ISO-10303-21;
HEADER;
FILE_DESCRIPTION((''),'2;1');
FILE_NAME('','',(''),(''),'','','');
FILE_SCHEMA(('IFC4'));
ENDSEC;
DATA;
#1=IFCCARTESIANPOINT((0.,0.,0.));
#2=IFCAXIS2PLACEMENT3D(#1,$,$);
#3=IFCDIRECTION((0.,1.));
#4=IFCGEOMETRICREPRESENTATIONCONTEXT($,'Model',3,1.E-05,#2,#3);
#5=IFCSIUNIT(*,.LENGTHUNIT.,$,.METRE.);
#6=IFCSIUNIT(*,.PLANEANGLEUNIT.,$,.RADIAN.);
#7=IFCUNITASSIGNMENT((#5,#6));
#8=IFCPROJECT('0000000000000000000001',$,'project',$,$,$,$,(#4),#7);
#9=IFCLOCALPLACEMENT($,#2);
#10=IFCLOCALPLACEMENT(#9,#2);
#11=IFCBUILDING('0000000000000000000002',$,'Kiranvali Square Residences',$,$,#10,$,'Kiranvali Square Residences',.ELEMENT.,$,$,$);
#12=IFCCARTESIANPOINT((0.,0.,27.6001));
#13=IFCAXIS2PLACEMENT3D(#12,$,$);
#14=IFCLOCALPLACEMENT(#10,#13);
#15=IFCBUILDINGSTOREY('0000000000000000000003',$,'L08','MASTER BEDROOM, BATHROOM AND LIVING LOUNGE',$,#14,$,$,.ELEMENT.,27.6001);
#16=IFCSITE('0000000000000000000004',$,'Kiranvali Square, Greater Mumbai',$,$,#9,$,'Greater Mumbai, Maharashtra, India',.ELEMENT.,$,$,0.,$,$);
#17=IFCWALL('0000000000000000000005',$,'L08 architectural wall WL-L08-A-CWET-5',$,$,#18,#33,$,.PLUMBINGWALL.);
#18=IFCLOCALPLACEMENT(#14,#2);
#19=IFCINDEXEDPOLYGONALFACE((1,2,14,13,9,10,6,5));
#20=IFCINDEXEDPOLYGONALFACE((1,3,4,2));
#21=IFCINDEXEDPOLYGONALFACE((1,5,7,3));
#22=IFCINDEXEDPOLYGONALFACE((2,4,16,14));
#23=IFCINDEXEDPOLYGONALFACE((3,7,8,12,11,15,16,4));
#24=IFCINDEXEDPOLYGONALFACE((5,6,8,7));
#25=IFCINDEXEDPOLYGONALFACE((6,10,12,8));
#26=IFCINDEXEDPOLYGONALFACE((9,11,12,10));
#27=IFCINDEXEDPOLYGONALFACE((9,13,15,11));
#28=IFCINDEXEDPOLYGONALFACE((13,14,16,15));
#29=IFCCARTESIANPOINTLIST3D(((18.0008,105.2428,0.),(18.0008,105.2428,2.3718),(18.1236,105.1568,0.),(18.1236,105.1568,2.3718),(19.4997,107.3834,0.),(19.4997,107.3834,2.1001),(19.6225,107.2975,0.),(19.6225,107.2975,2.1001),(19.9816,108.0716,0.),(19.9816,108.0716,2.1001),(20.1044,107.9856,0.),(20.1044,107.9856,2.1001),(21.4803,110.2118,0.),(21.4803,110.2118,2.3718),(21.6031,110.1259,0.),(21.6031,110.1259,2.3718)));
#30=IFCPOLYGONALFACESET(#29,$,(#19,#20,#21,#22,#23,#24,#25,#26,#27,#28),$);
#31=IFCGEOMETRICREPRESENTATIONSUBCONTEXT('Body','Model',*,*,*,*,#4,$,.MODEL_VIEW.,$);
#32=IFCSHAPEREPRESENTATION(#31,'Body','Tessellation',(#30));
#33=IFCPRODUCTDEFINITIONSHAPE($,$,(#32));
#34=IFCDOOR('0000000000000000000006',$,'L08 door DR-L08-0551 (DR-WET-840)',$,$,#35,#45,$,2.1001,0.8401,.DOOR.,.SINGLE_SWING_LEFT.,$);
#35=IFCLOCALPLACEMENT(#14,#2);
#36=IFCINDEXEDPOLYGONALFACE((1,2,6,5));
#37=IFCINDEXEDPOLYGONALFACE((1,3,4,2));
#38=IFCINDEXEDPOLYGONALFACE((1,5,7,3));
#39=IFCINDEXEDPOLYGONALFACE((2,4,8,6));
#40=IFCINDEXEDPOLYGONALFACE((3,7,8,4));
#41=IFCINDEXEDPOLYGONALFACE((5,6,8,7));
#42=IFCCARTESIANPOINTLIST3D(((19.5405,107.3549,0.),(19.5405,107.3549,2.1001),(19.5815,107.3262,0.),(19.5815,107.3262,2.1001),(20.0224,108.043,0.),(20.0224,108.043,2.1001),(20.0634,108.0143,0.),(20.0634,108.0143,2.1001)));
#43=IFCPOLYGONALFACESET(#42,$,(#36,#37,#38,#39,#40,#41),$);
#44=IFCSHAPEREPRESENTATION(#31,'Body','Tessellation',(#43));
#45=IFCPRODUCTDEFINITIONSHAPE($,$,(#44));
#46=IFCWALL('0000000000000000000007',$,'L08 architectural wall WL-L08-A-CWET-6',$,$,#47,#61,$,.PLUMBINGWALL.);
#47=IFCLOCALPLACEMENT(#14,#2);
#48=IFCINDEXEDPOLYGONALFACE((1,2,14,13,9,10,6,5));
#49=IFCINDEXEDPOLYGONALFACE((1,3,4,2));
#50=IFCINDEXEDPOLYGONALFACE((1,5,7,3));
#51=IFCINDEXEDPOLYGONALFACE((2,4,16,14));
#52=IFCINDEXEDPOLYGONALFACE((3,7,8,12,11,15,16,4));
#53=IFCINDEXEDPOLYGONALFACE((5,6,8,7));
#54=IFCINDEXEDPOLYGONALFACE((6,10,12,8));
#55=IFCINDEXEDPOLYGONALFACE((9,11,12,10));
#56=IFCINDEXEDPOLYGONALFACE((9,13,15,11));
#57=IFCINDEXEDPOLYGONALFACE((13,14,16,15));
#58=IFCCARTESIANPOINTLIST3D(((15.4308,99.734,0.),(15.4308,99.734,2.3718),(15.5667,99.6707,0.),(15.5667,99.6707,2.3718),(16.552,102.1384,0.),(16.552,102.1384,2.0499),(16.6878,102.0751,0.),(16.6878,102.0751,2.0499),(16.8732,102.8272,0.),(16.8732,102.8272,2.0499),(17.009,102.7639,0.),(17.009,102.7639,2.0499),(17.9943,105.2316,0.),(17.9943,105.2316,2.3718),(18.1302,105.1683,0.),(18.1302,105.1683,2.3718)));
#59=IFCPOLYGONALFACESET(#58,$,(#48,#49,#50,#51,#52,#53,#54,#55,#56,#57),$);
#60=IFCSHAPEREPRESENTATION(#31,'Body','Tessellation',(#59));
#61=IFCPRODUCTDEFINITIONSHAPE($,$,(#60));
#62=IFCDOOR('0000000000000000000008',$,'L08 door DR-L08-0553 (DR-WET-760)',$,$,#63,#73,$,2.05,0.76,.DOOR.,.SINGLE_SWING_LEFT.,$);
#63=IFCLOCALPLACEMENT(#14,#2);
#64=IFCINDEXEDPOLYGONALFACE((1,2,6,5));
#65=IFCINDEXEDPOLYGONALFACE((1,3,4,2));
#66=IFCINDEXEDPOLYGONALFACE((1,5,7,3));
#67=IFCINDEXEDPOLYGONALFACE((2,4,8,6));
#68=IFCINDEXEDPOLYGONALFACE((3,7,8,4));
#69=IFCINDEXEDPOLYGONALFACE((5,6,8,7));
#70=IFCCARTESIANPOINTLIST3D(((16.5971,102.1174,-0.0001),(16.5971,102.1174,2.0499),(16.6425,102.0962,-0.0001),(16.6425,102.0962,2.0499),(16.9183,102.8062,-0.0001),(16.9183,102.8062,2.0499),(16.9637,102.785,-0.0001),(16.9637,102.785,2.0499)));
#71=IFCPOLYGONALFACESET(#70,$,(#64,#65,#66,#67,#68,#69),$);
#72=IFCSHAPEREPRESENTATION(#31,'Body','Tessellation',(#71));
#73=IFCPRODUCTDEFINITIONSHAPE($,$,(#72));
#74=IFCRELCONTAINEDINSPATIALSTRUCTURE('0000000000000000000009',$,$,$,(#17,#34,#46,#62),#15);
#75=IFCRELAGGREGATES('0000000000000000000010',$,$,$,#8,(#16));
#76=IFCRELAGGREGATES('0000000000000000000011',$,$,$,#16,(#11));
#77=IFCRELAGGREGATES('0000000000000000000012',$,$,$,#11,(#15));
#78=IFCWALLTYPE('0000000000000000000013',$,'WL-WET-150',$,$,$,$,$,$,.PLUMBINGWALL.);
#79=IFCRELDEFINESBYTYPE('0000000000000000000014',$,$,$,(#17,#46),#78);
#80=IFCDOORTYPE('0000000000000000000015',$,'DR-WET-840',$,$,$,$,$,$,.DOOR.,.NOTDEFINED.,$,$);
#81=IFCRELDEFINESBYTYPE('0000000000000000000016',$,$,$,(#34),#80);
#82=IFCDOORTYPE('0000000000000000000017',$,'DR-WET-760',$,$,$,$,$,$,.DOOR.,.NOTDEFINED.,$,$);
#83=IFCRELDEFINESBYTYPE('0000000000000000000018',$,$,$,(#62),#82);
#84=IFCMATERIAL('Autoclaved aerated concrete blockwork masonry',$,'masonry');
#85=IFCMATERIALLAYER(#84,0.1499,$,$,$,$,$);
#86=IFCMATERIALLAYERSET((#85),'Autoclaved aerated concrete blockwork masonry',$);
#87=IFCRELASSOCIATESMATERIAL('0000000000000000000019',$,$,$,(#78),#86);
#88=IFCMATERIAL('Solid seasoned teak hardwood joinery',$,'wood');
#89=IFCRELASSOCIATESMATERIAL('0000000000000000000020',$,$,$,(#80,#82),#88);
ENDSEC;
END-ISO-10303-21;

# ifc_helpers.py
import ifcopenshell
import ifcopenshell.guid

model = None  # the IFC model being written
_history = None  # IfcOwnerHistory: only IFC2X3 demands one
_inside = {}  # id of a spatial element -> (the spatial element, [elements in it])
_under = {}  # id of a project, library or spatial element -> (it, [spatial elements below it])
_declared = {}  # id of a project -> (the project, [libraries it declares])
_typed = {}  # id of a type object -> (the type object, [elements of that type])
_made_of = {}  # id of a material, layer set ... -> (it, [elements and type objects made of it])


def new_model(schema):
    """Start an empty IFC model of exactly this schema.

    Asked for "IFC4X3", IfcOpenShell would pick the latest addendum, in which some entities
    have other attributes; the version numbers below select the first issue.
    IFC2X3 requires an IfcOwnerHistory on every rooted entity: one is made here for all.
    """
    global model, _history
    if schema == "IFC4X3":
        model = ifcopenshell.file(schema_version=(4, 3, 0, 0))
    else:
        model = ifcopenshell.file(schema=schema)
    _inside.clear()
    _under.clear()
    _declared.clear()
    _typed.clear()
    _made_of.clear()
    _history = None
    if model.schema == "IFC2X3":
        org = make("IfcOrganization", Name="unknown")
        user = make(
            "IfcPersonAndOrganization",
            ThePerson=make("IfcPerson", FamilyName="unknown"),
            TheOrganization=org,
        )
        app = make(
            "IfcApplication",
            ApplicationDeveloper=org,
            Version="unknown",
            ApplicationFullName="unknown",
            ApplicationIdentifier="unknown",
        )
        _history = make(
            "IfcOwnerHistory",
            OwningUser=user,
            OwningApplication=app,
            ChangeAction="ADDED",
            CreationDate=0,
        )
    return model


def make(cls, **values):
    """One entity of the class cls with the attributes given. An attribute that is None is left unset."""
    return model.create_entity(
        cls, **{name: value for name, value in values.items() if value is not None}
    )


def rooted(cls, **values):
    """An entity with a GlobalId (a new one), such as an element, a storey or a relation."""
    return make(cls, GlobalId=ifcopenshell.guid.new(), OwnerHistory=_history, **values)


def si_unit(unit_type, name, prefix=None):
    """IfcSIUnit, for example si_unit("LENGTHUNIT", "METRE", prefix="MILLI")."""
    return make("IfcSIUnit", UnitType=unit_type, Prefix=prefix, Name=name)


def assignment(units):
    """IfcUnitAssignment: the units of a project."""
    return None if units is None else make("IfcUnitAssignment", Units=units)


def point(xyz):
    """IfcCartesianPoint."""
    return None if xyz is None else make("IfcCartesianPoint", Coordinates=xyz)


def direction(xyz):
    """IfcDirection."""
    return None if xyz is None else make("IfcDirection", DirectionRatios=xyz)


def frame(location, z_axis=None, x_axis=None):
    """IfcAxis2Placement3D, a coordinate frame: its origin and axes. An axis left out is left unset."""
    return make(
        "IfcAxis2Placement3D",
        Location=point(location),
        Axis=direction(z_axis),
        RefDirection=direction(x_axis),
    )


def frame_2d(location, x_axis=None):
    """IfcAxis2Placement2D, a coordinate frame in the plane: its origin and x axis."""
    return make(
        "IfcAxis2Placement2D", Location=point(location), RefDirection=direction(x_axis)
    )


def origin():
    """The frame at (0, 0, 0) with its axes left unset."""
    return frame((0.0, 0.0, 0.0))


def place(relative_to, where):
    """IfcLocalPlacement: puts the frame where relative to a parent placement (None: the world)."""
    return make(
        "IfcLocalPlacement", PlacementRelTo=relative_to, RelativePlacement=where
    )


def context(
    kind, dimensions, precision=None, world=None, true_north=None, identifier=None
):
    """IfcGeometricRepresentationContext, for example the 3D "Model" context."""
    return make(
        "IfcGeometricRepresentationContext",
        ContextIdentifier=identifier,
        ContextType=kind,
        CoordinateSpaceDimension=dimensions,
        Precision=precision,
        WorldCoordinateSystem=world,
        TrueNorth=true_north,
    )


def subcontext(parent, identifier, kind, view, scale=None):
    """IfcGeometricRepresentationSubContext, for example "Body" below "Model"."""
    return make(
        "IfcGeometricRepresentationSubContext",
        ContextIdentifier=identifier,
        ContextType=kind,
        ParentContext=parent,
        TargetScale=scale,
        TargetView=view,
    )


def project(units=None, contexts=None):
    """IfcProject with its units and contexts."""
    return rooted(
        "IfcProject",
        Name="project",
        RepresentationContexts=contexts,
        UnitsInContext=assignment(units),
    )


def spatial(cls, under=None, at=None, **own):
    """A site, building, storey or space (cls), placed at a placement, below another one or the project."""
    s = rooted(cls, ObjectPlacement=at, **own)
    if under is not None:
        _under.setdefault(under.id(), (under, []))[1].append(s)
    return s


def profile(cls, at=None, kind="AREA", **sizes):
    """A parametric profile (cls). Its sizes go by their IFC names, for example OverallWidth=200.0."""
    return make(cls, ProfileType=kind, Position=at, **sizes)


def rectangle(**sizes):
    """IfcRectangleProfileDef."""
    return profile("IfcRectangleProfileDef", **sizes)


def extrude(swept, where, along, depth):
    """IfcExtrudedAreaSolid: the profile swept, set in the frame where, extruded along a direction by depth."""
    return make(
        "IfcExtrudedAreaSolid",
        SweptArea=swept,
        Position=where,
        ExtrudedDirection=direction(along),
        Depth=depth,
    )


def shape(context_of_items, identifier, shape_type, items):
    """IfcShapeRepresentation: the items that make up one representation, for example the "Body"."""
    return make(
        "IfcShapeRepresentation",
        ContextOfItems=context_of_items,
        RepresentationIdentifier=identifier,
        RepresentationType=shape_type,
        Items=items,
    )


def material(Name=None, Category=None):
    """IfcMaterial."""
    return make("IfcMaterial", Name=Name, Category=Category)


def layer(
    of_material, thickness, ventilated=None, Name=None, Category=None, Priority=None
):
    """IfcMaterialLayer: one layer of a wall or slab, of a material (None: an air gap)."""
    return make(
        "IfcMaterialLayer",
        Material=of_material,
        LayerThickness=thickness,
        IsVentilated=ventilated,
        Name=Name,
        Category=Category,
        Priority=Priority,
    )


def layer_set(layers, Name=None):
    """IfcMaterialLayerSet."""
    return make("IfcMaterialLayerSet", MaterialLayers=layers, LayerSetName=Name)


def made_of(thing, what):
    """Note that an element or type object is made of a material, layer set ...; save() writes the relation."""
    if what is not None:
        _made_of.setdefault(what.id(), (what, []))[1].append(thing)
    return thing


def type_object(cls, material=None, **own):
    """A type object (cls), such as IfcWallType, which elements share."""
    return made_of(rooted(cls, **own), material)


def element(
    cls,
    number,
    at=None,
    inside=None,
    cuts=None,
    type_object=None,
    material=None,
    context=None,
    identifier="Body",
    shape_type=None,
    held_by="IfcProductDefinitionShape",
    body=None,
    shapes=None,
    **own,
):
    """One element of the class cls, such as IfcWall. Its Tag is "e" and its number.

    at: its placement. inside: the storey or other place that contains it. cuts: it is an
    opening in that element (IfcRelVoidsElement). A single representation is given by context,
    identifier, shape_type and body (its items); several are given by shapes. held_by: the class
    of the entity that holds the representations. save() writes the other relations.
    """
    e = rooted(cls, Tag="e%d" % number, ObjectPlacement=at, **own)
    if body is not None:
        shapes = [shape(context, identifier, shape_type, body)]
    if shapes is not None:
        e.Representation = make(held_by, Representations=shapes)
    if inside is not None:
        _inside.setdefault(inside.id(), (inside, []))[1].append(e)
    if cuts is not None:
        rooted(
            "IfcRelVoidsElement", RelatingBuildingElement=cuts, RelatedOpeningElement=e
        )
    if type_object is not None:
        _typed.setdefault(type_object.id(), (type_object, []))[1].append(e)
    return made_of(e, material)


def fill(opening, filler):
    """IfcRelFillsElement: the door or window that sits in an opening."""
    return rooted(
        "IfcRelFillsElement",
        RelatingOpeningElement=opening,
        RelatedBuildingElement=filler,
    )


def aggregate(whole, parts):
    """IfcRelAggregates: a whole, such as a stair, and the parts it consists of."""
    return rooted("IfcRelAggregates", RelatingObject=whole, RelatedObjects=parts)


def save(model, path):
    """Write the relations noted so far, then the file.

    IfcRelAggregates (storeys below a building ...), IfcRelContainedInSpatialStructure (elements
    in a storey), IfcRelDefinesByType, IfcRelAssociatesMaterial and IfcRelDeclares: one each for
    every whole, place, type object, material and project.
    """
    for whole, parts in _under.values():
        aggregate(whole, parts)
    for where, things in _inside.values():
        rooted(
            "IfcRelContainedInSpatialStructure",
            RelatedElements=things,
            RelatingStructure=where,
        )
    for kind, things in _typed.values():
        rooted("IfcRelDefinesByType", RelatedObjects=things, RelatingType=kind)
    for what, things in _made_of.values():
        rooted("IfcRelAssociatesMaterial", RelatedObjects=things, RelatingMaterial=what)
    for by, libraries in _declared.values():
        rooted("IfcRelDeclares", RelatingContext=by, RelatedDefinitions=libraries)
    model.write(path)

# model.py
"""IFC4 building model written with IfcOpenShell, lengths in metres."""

from ifc_helpers import new_model, si_unit, direction, frame, frame_2d, origin, place, context, subcontext, project, spatial, rectangle, extrude, material, layer, layer_set, type_object, element, fill, save


model = new_model("IFC4")

# Units and contexts
model_context = context("Model", 3, precision=1e-05, world=origin(), true_north=direction((0.0, 1.0)))
body_context = subcontext(model_context, "Body", "Model", "MODEL_VIEW")
ifc_project = project(units=[si_unit("LENGTHUNIT", "METRE"), si_unit("PLANEANGLEUNIT", "RADIAN")], contexts=[model_context])

# Site, building, storey
site_placement = place(None, origin())
site = spatial("IfcSite", under=ifc_project, at=site_placement, Name="Kiranvali Square, Greater Mumbai", LongName="Greater Mumbai, Maharashtra, India", CompositionType="ELEMENT", RefElevation=0.0)
building_placement = place(site_placement, origin())
building = spatial("IfcBuilding", under=site, at=building_placement, Name="Kiranvali Square Residences", LongName="Kiranvali Square Residences", CompositionType="ELEMENT")
storey_placement = place(building_placement, frame((0.0, 0.0, 27.6001)))
storey = spatial("IfcBuildingStorey", under=building, at=storey_placement, Name="L08", Description="MASTER BEDROOM, BATHROOM AND LIVING LOUNGE", CompositionType="ELEMENT", Elevation=27.6001)

# Shared definitions
ifc_material_1 = material(Name="Autoclaved aerated concrete blockwork masonry", Category="masonry")

# Walls, openings, doors
ifc_layer_1 = layer(ifc_material_1, 0.1499)
ifc_layer_set_1 = layer_set([ifc_layer_1], Name="Autoclaved aerated concrete blockwork masonry")
wall_type_1 = type_object("IfcWallType", Name="WL-WET-150", PredefinedType="PLUMBINGWALL", material=ifc_layer_set_1)
wall_1_placement = place(storey_placement, frame((21.5417, 110.1689, 0.0), z_axis=(0.0, 0.0, 1.0), x_axis=(-0.573595, -0.819139, 0.0)))
wall_1 = element("IfcWall", 1, at=wall_1_placement, inside=storey, type_object=wall_type_1, Name="L08 architectural wall WL-L08-A-CWET-5", PredefinedType="PLUMBINGWALL", context=body_context, shape_type="SweptSolid", body=[
    extrude(rectangle(XDim=6.0662, YDim=0.1499, at=frame_2d((3.0332, 0.0))), origin(), (0.0, 0.0, 1.0), 2.3718),
])
opening_1_placement = place(wall_1_placement, frame((2.613, 0.0, 0.0)))
opening_1 = element("IfcOpeningElement", 2, at=opening_1_placement, cuts=wall_1, PredefinedType="OPENING", context=body_context, shape_type="SweptSolid", body=[
    extrude(rectangle(XDim=0.8401, YDim=2.1001, at=frame_2d((0.4199, 1.05))), frame((0.0, 0.085, 0.0), z_axis=(0.0, -1.0, 0.0), x_axis=(1.0, 0.0, 0.0)), (0.0, 0.0, 1.0), 0.1699),
])
ifc_material_2 = material(Name="Solid seasoned teak hardwood joinery", Category="wood")
door_type_1 = type_object("IfcDoorType", Name="DR-WET-840", OperationType="NOTDEFINED", PredefinedType="DOOR", material=ifc_material_2)
door_1_placement = place(opening_1_placement, origin())
door_1 = element("IfcDoor", 3, at=door_1_placement, inside=storey, type_object=door_type_1, Name="L08 door DR-L08-0551 (DR-WET-840)", OperationType="SINGLE_SWING_LEFT", OverallHeight=2.1001, OverallWidth=0.8401, PredefinedType="DOOR", context=body_context, shape_type="SweptSolid", body=[
    extrude(rectangle(XDim=0.8401, YDim=2.1001, at=frame_2d((0.4199, 1.05))), frame((0.0, 0.0249, 0.0), z_axis=(0.0, -1.0, 0.0), x_axis=(1.0, 0.0, 0.0)), (0.0, 0.0, 1.0), 0.05),
])
fill(opening_1, door_1)
wall_2_placement = place(storey_placement, frame((18.0623, 105.2, 0.0), z_axis=(0.0, 0.0, 1.0), x_axis=(-0.422608, -0.906313, 0.0)))
wall_2 = element("IfcWall", 4, at=wall_2_placement, inside=storey, type_object=wall_type_1, Name="L08 architectural wall WL-L08-A-CWET-6", PredefinedType="PLUMBINGWALL", context=body_context, shape_type="SweptSolid", body=[
    extrude(rectangle(XDim=6.0659, YDim=0.1499, at=frame_2d((3.033, 0.0))), origin(), (0.0, 0.0, 1.0), 2.3718),
])
opening_2_placement = place(wall_2_placement, frame((2.6531, 0.0, 0.0)))
opening_2 = element("IfcOpeningElement", 5, at=opening_2_placement, cuts=wall_2, PredefinedType="OPENING", context=body_context, shape_type="SweptSolid", body=[
    extrude(rectangle(XDim=0.76, YDim=2.05, at=frame_2d((0.3799, 1.0249))), frame((0.0, 0.085, 0.0), z_axis=(0.0, -1.0, 0.0), x_axis=(1.0, 0.0, 0.0)), (0.0, 0.0, 1.0), 0.1699),
])
door_type_2 = type_object("IfcDoorType", Name="DR-WET-760", OperationType="NOTDEFINED", PredefinedType="DOOR", material=ifc_material_2)
door_2_placement = place(opening_2_placement, origin())
door_2 = element("IfcDoor", 6, at=door_2_placement, inside=storey, type_object=door_type_2, Name="L08 door DR-L08-0553 (DR-WET-760)", OperationType="SINGLE_SWING_LEFT", OverallHeight=2.05, OverallWidth=0.76, PredefinedType="DOOR", context=body_context, shape_type="SweptSolid", body=[
    extrude(rectangle(XDim=0.76, YDim=2.05, at=frame_2d((0.3799, 1.0249))), frame((0.0, 0.0249, 0.0), z_axis=(0.0, -1.0, 0.0), x_axis=(1.0, 0.0, 0.0)), (0.0, 0.0, 1.0), 0.05),
])
fill(opening_2, door_2)

save(model, "model.ifc")
